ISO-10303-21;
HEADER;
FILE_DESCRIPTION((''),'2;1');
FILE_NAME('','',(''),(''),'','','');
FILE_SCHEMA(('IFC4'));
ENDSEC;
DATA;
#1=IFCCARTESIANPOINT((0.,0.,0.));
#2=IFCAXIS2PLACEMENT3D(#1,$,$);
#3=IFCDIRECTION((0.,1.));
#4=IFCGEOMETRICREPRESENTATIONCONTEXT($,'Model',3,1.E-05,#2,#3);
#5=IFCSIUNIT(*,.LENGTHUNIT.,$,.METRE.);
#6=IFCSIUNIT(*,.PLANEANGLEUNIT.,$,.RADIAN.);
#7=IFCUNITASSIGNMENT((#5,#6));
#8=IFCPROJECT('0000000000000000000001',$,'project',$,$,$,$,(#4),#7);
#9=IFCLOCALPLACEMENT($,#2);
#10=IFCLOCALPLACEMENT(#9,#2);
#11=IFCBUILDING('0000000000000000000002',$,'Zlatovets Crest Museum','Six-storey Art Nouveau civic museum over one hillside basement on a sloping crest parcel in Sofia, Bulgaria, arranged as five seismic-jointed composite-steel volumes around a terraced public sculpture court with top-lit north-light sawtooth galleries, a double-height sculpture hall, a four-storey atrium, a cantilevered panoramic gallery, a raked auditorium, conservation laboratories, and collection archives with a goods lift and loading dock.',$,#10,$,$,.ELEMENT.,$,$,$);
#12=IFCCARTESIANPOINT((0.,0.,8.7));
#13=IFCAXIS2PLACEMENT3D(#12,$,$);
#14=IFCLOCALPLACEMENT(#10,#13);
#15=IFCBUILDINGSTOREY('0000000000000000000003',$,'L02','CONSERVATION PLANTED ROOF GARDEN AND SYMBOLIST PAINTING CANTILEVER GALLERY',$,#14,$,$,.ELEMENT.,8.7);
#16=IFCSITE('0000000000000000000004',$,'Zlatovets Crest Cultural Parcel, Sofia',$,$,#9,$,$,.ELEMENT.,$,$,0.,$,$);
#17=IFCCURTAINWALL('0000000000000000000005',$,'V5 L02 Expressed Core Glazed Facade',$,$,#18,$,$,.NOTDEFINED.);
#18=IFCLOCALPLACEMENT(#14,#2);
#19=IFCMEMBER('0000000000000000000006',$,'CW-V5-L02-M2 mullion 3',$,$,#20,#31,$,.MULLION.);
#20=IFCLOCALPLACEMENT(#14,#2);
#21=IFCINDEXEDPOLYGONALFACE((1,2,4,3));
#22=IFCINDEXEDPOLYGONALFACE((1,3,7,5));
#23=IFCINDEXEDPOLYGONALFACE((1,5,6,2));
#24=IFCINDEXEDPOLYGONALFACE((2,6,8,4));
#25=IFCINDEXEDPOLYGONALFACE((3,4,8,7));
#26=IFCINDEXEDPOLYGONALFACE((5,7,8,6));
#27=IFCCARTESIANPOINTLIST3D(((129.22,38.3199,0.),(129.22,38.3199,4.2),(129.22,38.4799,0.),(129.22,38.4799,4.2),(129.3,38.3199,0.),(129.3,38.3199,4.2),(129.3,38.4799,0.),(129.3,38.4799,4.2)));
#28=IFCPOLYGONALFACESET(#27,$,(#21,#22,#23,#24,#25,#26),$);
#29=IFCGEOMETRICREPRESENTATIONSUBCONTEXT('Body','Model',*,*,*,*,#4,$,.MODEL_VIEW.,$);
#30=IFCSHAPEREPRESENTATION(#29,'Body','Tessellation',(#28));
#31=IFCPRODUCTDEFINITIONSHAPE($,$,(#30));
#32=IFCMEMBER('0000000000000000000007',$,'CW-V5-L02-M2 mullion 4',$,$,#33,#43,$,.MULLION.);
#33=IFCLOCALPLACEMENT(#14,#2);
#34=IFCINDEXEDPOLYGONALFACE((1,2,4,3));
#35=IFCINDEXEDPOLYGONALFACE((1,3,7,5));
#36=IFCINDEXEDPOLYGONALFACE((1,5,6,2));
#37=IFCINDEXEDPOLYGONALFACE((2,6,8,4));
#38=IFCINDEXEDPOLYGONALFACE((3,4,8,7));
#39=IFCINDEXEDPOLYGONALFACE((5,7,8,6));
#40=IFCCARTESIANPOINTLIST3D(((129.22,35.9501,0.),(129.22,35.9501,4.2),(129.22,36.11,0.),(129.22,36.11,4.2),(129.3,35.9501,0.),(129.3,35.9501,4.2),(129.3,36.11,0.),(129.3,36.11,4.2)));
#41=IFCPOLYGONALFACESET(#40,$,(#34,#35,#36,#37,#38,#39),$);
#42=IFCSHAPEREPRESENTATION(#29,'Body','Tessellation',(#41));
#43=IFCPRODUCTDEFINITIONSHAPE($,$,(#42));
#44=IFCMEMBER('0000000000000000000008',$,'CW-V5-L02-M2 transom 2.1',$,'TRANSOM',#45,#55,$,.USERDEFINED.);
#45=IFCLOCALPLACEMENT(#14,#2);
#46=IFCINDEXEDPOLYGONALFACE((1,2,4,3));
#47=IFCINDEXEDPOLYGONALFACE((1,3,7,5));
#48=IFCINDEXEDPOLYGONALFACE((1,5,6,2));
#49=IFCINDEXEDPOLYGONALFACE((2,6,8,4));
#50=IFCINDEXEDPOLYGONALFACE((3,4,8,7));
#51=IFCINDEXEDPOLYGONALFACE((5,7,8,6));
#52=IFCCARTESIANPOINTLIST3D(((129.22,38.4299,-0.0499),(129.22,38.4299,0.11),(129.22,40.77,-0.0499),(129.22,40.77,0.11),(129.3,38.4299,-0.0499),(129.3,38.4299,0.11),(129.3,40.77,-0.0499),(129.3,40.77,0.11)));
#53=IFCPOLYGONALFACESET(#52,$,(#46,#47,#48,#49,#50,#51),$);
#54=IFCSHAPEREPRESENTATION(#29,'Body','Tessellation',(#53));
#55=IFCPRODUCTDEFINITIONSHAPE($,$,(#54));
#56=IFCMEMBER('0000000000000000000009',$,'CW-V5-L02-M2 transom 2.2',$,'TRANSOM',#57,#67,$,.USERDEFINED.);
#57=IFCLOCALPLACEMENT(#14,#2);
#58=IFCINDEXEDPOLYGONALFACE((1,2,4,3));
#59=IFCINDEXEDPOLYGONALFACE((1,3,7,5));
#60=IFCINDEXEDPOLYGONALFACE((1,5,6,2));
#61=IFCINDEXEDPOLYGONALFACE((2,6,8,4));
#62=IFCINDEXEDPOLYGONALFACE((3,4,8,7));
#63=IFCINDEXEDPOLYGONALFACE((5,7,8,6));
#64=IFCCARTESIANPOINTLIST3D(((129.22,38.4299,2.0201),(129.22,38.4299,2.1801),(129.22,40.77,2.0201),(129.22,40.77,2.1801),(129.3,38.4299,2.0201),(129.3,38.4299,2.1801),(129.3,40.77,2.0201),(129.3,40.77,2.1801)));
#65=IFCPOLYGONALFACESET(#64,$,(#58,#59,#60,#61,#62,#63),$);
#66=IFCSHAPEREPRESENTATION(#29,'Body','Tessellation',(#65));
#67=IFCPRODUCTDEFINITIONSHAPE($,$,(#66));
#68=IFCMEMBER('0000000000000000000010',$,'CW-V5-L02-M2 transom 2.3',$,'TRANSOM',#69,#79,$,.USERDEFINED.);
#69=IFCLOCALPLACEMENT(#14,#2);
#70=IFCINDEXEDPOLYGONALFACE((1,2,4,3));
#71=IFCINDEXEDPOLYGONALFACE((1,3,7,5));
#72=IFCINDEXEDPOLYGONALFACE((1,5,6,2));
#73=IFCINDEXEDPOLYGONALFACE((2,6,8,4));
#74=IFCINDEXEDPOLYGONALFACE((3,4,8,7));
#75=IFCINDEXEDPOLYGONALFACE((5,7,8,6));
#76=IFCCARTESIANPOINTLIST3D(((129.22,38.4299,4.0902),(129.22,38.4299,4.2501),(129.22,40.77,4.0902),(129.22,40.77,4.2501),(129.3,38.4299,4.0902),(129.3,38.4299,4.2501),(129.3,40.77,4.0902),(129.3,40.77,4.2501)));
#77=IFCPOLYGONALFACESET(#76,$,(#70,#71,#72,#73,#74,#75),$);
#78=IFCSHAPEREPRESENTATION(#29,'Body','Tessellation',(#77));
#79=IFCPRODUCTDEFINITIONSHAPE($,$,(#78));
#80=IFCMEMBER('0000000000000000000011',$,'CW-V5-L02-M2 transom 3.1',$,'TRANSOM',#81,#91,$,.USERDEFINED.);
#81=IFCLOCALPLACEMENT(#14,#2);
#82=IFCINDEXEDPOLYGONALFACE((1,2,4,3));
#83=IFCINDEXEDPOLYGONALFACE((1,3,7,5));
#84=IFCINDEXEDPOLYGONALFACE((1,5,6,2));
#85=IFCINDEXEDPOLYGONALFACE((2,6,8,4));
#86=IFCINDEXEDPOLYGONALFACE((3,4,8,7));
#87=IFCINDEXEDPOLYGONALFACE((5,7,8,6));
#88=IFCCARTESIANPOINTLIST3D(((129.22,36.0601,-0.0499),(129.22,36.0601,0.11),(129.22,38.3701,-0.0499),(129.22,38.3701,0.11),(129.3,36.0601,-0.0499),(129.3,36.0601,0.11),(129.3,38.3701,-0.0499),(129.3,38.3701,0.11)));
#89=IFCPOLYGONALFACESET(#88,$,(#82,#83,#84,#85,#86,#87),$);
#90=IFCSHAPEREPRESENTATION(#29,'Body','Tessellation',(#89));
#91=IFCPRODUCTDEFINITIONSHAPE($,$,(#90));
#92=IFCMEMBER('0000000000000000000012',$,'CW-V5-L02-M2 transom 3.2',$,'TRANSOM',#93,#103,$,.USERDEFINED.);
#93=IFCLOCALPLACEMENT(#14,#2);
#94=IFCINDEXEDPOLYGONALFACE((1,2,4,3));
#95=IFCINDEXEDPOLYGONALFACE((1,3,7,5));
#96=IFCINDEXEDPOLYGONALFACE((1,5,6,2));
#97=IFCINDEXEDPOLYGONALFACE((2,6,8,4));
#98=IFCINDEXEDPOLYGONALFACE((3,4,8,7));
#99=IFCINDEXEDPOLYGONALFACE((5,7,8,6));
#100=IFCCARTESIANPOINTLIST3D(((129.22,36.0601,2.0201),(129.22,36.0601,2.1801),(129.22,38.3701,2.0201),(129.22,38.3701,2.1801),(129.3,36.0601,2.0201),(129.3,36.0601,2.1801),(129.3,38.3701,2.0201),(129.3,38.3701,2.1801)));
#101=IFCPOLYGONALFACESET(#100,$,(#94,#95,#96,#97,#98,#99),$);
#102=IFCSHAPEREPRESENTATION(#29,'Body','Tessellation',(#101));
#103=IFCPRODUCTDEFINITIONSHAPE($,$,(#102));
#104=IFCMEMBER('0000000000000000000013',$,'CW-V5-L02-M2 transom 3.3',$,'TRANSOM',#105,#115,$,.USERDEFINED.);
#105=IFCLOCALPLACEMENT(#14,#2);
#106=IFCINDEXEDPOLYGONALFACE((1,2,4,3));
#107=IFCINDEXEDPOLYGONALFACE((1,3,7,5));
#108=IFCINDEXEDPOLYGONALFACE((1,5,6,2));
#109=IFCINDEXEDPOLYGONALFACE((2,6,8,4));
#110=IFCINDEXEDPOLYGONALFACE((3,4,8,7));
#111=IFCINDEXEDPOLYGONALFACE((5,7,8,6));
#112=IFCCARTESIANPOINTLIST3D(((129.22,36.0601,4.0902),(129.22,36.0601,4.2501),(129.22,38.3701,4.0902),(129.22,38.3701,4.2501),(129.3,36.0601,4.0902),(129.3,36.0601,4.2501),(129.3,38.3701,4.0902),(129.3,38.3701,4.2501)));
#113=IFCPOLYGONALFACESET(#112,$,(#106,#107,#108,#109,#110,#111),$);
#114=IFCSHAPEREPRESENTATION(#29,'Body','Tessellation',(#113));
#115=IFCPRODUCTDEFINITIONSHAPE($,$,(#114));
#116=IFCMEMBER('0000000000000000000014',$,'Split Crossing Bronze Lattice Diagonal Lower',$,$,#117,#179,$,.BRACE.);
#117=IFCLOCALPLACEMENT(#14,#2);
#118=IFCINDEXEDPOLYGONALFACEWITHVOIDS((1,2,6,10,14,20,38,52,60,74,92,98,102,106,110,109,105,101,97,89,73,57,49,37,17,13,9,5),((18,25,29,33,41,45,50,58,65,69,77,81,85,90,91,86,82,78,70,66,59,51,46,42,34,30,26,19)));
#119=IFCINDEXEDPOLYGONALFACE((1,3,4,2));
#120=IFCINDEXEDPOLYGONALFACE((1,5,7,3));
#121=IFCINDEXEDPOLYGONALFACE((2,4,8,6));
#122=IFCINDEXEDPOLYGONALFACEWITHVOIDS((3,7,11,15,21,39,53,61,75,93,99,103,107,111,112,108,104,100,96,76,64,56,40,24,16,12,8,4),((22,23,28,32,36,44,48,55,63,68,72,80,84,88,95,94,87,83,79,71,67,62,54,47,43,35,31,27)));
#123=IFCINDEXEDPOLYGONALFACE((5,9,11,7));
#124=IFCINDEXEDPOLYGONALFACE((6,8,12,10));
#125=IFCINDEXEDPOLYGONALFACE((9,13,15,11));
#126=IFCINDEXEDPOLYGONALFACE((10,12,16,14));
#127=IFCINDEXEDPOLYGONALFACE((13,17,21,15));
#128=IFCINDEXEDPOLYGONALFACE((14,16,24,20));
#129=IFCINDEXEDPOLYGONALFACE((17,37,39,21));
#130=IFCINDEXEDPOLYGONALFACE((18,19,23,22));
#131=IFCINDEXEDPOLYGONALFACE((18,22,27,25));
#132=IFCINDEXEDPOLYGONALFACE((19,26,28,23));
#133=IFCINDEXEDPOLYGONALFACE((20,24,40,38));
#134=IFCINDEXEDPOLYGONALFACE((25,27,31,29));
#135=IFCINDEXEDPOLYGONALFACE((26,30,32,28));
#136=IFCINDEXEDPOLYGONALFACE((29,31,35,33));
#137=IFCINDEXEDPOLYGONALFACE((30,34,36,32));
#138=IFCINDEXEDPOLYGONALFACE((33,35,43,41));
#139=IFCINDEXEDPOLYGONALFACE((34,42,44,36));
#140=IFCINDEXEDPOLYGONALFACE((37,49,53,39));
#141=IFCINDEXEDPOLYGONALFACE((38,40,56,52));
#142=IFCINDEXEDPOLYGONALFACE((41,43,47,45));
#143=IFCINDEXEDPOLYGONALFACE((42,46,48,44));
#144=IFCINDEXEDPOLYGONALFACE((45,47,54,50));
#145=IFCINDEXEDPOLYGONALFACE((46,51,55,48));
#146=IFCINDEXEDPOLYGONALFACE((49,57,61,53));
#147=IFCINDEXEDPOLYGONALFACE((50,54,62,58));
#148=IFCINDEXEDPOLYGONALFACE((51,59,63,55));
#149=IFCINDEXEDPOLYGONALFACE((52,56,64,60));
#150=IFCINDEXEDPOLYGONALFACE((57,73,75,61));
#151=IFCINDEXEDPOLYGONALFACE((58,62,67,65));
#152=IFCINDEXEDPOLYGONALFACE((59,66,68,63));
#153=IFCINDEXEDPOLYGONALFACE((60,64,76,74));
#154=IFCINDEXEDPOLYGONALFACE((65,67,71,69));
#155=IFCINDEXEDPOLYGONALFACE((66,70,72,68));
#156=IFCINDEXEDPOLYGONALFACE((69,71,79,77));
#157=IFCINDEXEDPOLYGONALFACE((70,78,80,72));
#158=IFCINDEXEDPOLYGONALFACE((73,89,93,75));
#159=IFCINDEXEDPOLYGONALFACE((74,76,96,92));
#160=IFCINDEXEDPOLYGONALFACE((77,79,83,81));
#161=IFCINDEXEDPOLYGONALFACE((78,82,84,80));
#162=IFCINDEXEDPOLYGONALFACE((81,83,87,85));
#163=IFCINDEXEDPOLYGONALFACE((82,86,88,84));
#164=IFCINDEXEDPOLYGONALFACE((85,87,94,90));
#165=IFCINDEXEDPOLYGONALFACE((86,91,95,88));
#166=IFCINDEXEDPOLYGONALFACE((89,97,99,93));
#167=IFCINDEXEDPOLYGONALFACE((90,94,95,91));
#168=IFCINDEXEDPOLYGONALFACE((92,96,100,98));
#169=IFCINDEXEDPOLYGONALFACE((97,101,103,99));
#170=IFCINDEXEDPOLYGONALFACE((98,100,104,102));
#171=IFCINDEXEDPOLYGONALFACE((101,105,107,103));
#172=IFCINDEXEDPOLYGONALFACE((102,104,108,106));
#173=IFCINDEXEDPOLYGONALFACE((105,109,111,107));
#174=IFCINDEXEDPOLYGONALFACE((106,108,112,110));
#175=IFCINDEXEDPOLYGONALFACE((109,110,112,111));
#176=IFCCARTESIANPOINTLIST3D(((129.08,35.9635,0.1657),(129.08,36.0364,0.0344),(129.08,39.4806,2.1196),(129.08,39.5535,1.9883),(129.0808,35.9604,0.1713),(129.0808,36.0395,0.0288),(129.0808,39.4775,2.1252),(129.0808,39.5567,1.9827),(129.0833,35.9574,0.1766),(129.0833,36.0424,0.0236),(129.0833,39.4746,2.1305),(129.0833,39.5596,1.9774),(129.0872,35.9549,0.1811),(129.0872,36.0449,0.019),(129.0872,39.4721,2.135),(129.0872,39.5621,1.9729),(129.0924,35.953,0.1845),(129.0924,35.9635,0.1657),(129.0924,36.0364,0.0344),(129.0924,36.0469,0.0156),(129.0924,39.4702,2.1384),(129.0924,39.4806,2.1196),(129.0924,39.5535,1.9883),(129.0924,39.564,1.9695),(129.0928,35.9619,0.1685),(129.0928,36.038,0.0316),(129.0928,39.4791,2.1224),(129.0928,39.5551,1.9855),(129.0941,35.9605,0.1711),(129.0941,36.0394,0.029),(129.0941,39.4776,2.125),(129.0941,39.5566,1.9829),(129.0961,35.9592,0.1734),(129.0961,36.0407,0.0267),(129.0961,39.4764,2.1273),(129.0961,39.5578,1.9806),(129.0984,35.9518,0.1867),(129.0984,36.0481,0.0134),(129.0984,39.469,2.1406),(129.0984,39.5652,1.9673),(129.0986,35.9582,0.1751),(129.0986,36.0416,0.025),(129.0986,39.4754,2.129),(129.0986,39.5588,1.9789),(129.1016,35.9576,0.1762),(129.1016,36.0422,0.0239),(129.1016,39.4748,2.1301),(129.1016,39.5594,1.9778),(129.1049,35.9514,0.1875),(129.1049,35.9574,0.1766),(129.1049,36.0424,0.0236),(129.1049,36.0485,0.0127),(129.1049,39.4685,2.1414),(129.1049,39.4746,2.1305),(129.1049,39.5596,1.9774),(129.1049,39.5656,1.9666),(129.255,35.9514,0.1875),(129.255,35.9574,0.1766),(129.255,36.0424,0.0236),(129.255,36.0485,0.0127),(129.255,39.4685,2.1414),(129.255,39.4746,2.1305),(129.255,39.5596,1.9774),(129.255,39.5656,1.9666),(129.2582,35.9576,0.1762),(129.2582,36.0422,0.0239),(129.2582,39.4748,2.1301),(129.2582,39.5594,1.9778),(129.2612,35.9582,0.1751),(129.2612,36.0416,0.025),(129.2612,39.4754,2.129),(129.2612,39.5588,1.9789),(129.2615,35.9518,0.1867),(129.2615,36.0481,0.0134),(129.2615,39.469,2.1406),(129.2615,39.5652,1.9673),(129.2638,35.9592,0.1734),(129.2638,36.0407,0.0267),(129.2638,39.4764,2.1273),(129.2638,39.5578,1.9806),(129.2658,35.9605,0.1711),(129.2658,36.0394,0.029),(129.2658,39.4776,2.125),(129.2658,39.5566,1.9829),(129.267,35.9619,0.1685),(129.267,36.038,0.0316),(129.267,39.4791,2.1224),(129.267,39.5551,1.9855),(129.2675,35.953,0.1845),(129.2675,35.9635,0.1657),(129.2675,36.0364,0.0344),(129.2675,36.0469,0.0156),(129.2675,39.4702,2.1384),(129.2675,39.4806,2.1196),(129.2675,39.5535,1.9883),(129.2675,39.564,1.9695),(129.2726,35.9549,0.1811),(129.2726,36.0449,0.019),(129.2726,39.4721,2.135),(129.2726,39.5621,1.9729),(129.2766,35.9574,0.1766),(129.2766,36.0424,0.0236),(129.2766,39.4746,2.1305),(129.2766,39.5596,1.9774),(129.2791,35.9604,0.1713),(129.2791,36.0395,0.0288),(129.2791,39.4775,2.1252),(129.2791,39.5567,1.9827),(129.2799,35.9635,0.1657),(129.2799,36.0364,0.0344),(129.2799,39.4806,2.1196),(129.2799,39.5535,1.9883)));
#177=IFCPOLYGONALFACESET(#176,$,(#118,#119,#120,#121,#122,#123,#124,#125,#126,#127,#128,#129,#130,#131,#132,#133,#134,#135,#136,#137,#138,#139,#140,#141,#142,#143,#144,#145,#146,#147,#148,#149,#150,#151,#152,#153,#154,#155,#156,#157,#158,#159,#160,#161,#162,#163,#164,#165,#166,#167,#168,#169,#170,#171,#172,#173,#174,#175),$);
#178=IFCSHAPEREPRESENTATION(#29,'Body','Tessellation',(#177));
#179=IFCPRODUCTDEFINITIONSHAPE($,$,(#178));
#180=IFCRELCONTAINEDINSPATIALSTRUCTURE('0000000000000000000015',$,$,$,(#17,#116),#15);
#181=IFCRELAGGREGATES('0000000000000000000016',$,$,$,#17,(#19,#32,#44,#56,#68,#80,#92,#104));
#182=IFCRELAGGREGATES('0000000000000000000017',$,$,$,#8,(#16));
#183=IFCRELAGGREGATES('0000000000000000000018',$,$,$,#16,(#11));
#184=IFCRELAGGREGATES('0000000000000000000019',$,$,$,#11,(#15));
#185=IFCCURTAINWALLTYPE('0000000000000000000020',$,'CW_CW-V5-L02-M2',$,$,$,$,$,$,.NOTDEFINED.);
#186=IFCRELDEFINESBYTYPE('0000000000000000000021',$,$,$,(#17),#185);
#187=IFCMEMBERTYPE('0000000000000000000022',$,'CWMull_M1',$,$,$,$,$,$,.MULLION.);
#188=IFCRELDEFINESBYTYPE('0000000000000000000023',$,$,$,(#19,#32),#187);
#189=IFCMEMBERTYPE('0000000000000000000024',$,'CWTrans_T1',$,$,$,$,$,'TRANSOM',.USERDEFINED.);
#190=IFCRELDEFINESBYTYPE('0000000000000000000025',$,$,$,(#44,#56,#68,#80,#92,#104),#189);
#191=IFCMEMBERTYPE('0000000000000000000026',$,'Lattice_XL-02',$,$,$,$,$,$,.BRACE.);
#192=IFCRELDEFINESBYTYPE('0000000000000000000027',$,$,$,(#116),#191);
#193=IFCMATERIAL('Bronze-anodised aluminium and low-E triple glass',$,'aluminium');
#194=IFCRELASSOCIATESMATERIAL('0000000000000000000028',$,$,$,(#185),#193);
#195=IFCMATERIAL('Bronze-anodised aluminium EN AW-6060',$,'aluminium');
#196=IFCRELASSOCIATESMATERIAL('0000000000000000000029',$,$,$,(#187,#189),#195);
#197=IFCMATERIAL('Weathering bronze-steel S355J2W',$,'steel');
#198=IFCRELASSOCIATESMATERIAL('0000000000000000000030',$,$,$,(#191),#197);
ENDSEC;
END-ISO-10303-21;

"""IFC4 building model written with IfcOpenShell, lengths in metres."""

from ifc_helpers import new_model, si_unit, direction, frame, origin, origin_2d, place, context, subcontext, project, spatial, rectangle, hollow_rectangle, extrude, material, material_profile, profile_set, type_object, element, aggregate, save


model = new_model("IFC4")

# Units and contexts
model_context = context("Model", 3, precision=1e-05, world=origin(), true_north=direction((0.0, 1.0)))
body_context = subcontext(model_context, "Body", "Model", "MODEL_VIEW")
ifc_project = project(units=[si_unit("LENGTHUNIT", "METRE"), si_unit("PLANEANGLEUNIT", "RADIAN")], contexts=[model_context])

# Site, building, storey
site_placement = place(None, origin())
site = spatial("IfcSite", under=ifc_project, at=site_placement, Name="Zlatovets Crest Cultural Parcel, Sofia", CompositionType="ELEMENT", RefElevation=0.0)
building_placement = place(site_placement, origin())
building = spatial("IfcBuilding", under=site, at=building_placement, Name="Zlatovets Crest Museum", Description="Six-storey Art Nouveau civic museum over one hillside basement on a sloping crest parcel in Sofia, Bulgaria, arranged as five seismic-jointed composite-steel volumes around a terraced public sculpture court with top-lit north-light sawtooth galleries, a double-height sculpture hall, a four-storey atrium, a cantilevered panoramic gallery, a raked auditorium, conservation laboratories, and collection archives with a goods lift and loading dock.", CompositionType="ELEMENT")
storey_placement = place(building_placement, frame((0.0, 0.0, 8.7)))
storey = spatial("IfcBuildingStorey", under=building, at=storey_placement, Name="L02", Description="CONSERVATION PLANTED ROOF GARDEN AND SYMBOLIST PAINTING CANTILEVER GALLERY", CompositionType="ELEMENT", Elevation=8.7)

# Curtain wall, members
ifc_material_1 = material(Name="Bronze-anodised aluminium and low-E triple glass", Category="aluminium")
curtain_wall_type = type_object("IfcCurtainWallType", Name="CW_CW-V5-L02-M2", PredefinedType="NOTDEFINED", material=ifc_material_1)
curtain_wall_placement = place(storey_placement, origin())
curtain_wall = element("IfcCurtainWall", 1, at=curtain_wall_placement, inside=storey, type_object=curtain_wall_type, Name="V5 L02 Expressed Core Glazed Facade", PredefinedType="NOTDEFINED")
ifc_material_2 = material(Name="Bronze-anodised aluminium EN AW-6060", Category="aluminium")
ifc_material_profile_1 = material_profile(ifc_material_2, rectangle(XDim=0.0801, YDim=0.1599, at=origin_2d()), Name="ALU 80x160")
ifc_profile_set_1 = profile_set([ifc_material_profile_1], Name="Bronze-anodised aluminium EN AW-6060")
member_type_1 = type_object("IfcMemberType", Name="CWMull_M1", PredefinedType="MULLION", material=ifc_profile_set_1)
member_1_placement = place(storey_placement, frame((129.26, 38.3999, 0.0), z_axis=(0.0, 0.0, 1.0), x_axis=(1.0, 0.0, 0.0)))
member_1 = element("IfcMember", 2, at=member_1_placement, type_object=member_type_1, Name="CW-V5-L02-M2 mullion 3", PredefinedType="MULLION", context=body_context, shape_type="SweptSolid", body=[
    extrude(rectangle(XDim=0.0801, YDim=0.1599, at=origin_2d()), origin(), (0.0, 0.0, 1.0), 4.2),
])
member_2_placement = place(storey_placement, frame((129.26, 36.03, 0.0), z_axis=(0.0, 0.0, 1.0), x_axis=(1.0, 0.0, 0.0)))
member_2 = element("IfcMember", 3, at=member_2_placement, type_object=member_type_1, Name="CW-V5-L02-M2 mullion 4", PredefinedType="MULLION", context=body_context, shape_type="SweptSolid", body=[
    extrude(rectangle(XDim=0.0801, YDim=0.1599, at=origin_2d()), origin(), (0.0, 0.0, 1.0), 4.2),
])
ifc_material_profile_2 = material_profile(ifc_material_2, rectangle(XDim=0.0801, YDim=0.1599, at=origin_2d()), Name="ALU 80x160")
ifc_profile_set_2 = profile_set([ifc_material_profile_2], Name="Bronze-anodised aluminium EN AW-6060")
member_type_2 = type_object("IfcMemberType", Name="CWTrans_T1", ElementType="TRANSOM", PredefinedType="USERDEFINED", material=ifc_profile_set_2)
member_3_placement = place(storey_placement, frame((129.26, 40.77, 0.03), z_axis=(0.0, -1.0, 0.0), x_axis=(1.0, 0.0, 0.0)))
member_3 = element("IfcMember", 4, at=member_3_placement, type_object=member_type_2, Name="CW-V5-L02-M2 transom 2.1", ObjectType="TRANSOM", PredefinedType="USERDEFINED", context=body_context, shape_type="SweptSolid", body=[
    extrude(rectangle(XDim=0.0801, YDim=0.1599, at=origin_2d()), origin(), (0.0, 0.0, 1.0), 2.3401),
])
member_4_placement = place(storey_placement, frame((129.26, 40.77, 2.1001), z_axis=(0.0, -1.0, 0.0), x_axis=(1.0, 0.0, 0.0)))
member_4 = element("IfcMember", 5, at=member_4_placement, type_object=member_type_2, Name="CW-V5-L02-M2 transom 2.2", ObjectType="TRANSOM", PredefinedType="USERDEFINED", context=body_context, shape_type="SweptSolid", body=[
    extrude(rectangle(XDim=0.0801, YDim=0.1599, at=origin_2d()), origin(), (0.0, 0.0, 1.0), 2.3401),
])
member_5_placement = place(storey_placement, frame((129.26, 40.77, 4.1702), z_axis=(0.0, -1.0, 0.0), x_axis=(1.0, 0.0, 0.0)))
member_5 = element("IfcMember", 6, at=member_5_placement, type_object=member_type_2, Name="CW-V5-L02-M2 transom 2.3", ObjectType="TRANSOM", PredefinedType="USERDEFINED", context=body_context, shape_type="SweptSolid", body=[
    extrude(rectangle(XDim=0.0801, YDim=0.1599, at=origin_2d()), origin(), (0.0, 0.0, 1.0), 2.3401),
])
member_6_placement = place(storey_placement, frame((129.26, 38.3701, 0.03), z_axis=(0.0, -1.0, 0.0), x_axis=(1.0, 0.0, 0.0)))
member_6 = element("IfcMember", 7, at=member_6_placement, type_object=member_type_2, Name="CW-V5-L02-M2 transom 3.1", ObjectType="TRANSOM", PredefinedType="USERDEFINED", context=body_context, shape_type="SweptSolid", body=[
    extrude(rectangle(XDim=0.0801, YDim=0.1599, at=origin_2d()), origin(), (0.0, 0.0, 1.0), 2.3101),
])
member_7_placement = place(storey_placement, frame((129.26, 38.3701, 2.1001), z_axis=(0.0, -1.0, 0.0), x_axis=(1.0, 0.0, 0.0)))
member_7 = element("IfcMember", 8, at=member_7_placement, type_object=member_type_2, Name="CW-V5-L02-M2 transom 3.2", ObjectType="TRANSOM", PredefinedType="USERDEFINED", context=body_context, shape_type="SweptSolid", body=[
    extrude(rectangle(XDim=0.0801, YDim=0.1599, at=origin_2d()), origin(), (0.0, 0.0, 1.0), 2.3101),
])
member_8_placement = place(storey_placement, frame((129.26, 38.3701, 4.1702), z_axis=(0.0, -1.0, 0.0), x_axis=(1.0, 0.0, 0.0)))
member_8 = element("IfcMember", 9, at=member_8_placement, type_object=member_type_2, Name="CW-V5-L02-M2 transom 3.3", ObjectType="TRANSOM", PredefinedType="USERDEFINED", context=body_context, shape_type="SweptSolid", body=[
    extrude(rectangle(XDim=0.0801, YDim=0.1599, at=origin_2d()), origin(), (0.0, 0.0, 1.0), 2.3101),
])

# Member
ifc_material_3 = material(Name="Weathering bronze-steel S355J2W", Category="steel")
ifc_material_profile_3 = material_profile(ifc_material_3, hollow_rectangle(XDim=0.2, YDim=0.2, WallThickness=0.0125, InnerFilletRadius=0.0125, OuterFilletRadius=0.0249, at=origin_2d()), Name="SHS 200x200x12.5")
ifc_profile_set_3 = profile_set([ifc_material_profile_3], Name="Weathering bronze-steel S355J2W")
member_type_3 = type_object("IfcMemberType", Name="Lattice_XL-02", PredefinedType="BRACE", material=ifc_profile_set_3)
member_9_placement = place(storey_placement, frame((129.1799, 39.5171, 2.054), z_axis=(0.0, -0.874166, -0.485627), x_axis=(1.0, 0.0, 0.0)))
element("IfcMember", 10, at=member_9_placement, inside=storey, type_object=member_type_3, Name="Split Crossing Bronze Lattice Diagonal Lower", PredefinedType="BRACE", context=body_context, shape_type="SweptSolid", body=[
    extrude(hollow_rectangle(XDim=0.2, YDim=0.2, WallThickness=0.0125, InnerFilletRadius=0.0125, OuterFilletRadius=0.0249, at=origin_2d()), origin(), (0.0, 0.0, 1.0), 4.0234),
])

aggregate(curtain_wall, [member_1, member_2, member_3, member_4, member_5, member_6, member_7, member_8])

save(model, "model.ifc")
